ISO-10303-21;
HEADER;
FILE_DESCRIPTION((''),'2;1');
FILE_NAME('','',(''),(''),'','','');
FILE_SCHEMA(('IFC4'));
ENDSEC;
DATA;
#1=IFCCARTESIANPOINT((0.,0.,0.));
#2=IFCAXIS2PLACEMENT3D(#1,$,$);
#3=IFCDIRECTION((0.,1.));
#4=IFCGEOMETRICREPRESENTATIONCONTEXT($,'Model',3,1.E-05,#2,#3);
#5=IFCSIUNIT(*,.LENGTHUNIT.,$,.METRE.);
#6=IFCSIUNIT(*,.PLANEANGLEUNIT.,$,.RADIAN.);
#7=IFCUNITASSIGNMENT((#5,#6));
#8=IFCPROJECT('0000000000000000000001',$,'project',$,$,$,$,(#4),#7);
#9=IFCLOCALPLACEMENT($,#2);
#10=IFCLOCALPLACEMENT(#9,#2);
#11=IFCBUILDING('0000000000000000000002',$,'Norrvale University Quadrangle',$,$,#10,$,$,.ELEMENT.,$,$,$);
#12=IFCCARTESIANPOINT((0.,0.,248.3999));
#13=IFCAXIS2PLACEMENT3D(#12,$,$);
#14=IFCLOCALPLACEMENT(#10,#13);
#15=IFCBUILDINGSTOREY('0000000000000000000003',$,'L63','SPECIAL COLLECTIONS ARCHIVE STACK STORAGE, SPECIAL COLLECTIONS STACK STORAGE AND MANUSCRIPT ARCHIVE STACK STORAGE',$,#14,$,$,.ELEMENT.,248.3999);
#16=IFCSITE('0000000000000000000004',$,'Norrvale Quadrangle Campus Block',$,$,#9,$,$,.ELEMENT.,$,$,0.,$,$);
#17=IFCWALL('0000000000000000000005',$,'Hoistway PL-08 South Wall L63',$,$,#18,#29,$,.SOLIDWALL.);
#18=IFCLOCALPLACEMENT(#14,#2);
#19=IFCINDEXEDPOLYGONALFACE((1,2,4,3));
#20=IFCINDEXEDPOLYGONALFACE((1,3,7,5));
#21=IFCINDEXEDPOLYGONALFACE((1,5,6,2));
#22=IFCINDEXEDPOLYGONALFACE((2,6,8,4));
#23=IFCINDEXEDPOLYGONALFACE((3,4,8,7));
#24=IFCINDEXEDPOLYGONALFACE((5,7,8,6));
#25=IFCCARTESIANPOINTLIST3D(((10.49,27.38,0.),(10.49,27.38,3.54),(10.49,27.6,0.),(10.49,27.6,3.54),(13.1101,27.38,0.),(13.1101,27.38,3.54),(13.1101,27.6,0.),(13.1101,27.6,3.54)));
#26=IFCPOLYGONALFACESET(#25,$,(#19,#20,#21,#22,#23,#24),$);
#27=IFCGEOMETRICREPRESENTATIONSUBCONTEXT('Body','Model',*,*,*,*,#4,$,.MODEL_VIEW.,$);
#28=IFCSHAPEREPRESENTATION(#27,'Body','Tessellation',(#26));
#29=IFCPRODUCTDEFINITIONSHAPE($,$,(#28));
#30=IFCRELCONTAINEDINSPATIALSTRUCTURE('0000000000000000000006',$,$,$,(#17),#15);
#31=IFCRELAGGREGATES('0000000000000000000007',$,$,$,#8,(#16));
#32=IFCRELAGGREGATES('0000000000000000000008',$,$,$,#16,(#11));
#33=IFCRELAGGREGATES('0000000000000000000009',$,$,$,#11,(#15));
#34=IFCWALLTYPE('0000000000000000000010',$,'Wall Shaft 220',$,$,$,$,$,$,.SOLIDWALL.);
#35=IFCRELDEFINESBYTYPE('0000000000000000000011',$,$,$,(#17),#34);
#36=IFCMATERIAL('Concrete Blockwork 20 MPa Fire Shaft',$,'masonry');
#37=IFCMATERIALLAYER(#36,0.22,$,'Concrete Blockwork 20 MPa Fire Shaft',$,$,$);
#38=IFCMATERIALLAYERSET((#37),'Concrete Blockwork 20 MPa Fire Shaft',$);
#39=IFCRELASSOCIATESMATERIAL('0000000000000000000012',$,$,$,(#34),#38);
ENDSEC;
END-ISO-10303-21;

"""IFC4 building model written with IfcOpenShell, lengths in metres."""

from ifc_helpers import new_model, si_unit, direction, frame, frame_2d, origin, place, context, subcontext, project, spatial, rectangle, extrude, material, layer, layer_set, type_object, element, save


model = new_model("IFC4")

# Units and contexts
model_context = context("Model", 3, precision=1e-05, world=origin(), true_north=direction((0.0, 1.0)))
body_context = subcontext(model_context, "Body", "Model", "MODEL_VIEW")
ifc_project = project(units=[si_unit("LENGTHUNIT", "METRE"), si_unit("PLANEANGLEUNIT", "RADIAN")], contexts=[model_context])

# Site, building, storey
site_placement = place(None, origin())
site = spatial("IfcSite", under=ifc_project, at=site_placement, Name="Norrvale Quadrangle Campus Block", CompositionType="ELEMENT", RefElevation=0.0)
building_placement = place(site_placement, origin())
building = spatial("IfcBuilding", under=site, at=building_placement, Name="Norrvale University Quadrangle", CompositionType="ELEMENT")
storey_placement = place(building_placement, frame((0.0, 0.0, 248.3999)))
storey = spatial("IfcBuildingStorey", under=building, at=storey_placement, Name="L63", Description="SPECIAL COLLECTIONS ARCHIVE STACK STORAGE, SPECIAL COLLECTIONS STACK STORAGE AND MANUSCRIPT ARCHIVE STACK STORAGE", CompositionType="ELEMENT", Elevation=248.3999)

# Shared definitions
ifc_material_1 = material(Name="Concrete Blockwork 20 MPa Fire Shaft", Category="masonry")
ifc_layer_1 = layer(ifc_material_1, 0.22, Name="Concrete Blockwork 20 MPa Fire Shaft")
ifc_layer_set_1 = layer_set([ifc_layer_1], Name="Concrete Blockwork 20 MPa Fire Shaft")
wall_type_1 = type_object("IfcWallType", Name="Wall Shaft 220", PredefinedType="SOLIDWALL", material=ifc_layer_set_1)

# Wall
wall_1_placement = place(storey_placement, frame((10.49, 27.49, 0.0), z_axis=(0.0, 0.0, 1.0), x_axis=(1.0, 0.0, 0.0)))
element("IfcWall", 1, at=wall_1_placement, inside=storey, type_object=wall_type_1, Name="Hoistway PL-08 South Wall L63", PredefinedType="SOLIDWALL", context=body_context, shape_type="SweptSolid", body=[
    extrude(rectangle(XDim=2.6201, YDim=0.22, at=frame_2d((1.3101, 0.0))), origin(), (0.0, 0.0, 1.0), 3.54),
])

save(model, "model.ifc")
